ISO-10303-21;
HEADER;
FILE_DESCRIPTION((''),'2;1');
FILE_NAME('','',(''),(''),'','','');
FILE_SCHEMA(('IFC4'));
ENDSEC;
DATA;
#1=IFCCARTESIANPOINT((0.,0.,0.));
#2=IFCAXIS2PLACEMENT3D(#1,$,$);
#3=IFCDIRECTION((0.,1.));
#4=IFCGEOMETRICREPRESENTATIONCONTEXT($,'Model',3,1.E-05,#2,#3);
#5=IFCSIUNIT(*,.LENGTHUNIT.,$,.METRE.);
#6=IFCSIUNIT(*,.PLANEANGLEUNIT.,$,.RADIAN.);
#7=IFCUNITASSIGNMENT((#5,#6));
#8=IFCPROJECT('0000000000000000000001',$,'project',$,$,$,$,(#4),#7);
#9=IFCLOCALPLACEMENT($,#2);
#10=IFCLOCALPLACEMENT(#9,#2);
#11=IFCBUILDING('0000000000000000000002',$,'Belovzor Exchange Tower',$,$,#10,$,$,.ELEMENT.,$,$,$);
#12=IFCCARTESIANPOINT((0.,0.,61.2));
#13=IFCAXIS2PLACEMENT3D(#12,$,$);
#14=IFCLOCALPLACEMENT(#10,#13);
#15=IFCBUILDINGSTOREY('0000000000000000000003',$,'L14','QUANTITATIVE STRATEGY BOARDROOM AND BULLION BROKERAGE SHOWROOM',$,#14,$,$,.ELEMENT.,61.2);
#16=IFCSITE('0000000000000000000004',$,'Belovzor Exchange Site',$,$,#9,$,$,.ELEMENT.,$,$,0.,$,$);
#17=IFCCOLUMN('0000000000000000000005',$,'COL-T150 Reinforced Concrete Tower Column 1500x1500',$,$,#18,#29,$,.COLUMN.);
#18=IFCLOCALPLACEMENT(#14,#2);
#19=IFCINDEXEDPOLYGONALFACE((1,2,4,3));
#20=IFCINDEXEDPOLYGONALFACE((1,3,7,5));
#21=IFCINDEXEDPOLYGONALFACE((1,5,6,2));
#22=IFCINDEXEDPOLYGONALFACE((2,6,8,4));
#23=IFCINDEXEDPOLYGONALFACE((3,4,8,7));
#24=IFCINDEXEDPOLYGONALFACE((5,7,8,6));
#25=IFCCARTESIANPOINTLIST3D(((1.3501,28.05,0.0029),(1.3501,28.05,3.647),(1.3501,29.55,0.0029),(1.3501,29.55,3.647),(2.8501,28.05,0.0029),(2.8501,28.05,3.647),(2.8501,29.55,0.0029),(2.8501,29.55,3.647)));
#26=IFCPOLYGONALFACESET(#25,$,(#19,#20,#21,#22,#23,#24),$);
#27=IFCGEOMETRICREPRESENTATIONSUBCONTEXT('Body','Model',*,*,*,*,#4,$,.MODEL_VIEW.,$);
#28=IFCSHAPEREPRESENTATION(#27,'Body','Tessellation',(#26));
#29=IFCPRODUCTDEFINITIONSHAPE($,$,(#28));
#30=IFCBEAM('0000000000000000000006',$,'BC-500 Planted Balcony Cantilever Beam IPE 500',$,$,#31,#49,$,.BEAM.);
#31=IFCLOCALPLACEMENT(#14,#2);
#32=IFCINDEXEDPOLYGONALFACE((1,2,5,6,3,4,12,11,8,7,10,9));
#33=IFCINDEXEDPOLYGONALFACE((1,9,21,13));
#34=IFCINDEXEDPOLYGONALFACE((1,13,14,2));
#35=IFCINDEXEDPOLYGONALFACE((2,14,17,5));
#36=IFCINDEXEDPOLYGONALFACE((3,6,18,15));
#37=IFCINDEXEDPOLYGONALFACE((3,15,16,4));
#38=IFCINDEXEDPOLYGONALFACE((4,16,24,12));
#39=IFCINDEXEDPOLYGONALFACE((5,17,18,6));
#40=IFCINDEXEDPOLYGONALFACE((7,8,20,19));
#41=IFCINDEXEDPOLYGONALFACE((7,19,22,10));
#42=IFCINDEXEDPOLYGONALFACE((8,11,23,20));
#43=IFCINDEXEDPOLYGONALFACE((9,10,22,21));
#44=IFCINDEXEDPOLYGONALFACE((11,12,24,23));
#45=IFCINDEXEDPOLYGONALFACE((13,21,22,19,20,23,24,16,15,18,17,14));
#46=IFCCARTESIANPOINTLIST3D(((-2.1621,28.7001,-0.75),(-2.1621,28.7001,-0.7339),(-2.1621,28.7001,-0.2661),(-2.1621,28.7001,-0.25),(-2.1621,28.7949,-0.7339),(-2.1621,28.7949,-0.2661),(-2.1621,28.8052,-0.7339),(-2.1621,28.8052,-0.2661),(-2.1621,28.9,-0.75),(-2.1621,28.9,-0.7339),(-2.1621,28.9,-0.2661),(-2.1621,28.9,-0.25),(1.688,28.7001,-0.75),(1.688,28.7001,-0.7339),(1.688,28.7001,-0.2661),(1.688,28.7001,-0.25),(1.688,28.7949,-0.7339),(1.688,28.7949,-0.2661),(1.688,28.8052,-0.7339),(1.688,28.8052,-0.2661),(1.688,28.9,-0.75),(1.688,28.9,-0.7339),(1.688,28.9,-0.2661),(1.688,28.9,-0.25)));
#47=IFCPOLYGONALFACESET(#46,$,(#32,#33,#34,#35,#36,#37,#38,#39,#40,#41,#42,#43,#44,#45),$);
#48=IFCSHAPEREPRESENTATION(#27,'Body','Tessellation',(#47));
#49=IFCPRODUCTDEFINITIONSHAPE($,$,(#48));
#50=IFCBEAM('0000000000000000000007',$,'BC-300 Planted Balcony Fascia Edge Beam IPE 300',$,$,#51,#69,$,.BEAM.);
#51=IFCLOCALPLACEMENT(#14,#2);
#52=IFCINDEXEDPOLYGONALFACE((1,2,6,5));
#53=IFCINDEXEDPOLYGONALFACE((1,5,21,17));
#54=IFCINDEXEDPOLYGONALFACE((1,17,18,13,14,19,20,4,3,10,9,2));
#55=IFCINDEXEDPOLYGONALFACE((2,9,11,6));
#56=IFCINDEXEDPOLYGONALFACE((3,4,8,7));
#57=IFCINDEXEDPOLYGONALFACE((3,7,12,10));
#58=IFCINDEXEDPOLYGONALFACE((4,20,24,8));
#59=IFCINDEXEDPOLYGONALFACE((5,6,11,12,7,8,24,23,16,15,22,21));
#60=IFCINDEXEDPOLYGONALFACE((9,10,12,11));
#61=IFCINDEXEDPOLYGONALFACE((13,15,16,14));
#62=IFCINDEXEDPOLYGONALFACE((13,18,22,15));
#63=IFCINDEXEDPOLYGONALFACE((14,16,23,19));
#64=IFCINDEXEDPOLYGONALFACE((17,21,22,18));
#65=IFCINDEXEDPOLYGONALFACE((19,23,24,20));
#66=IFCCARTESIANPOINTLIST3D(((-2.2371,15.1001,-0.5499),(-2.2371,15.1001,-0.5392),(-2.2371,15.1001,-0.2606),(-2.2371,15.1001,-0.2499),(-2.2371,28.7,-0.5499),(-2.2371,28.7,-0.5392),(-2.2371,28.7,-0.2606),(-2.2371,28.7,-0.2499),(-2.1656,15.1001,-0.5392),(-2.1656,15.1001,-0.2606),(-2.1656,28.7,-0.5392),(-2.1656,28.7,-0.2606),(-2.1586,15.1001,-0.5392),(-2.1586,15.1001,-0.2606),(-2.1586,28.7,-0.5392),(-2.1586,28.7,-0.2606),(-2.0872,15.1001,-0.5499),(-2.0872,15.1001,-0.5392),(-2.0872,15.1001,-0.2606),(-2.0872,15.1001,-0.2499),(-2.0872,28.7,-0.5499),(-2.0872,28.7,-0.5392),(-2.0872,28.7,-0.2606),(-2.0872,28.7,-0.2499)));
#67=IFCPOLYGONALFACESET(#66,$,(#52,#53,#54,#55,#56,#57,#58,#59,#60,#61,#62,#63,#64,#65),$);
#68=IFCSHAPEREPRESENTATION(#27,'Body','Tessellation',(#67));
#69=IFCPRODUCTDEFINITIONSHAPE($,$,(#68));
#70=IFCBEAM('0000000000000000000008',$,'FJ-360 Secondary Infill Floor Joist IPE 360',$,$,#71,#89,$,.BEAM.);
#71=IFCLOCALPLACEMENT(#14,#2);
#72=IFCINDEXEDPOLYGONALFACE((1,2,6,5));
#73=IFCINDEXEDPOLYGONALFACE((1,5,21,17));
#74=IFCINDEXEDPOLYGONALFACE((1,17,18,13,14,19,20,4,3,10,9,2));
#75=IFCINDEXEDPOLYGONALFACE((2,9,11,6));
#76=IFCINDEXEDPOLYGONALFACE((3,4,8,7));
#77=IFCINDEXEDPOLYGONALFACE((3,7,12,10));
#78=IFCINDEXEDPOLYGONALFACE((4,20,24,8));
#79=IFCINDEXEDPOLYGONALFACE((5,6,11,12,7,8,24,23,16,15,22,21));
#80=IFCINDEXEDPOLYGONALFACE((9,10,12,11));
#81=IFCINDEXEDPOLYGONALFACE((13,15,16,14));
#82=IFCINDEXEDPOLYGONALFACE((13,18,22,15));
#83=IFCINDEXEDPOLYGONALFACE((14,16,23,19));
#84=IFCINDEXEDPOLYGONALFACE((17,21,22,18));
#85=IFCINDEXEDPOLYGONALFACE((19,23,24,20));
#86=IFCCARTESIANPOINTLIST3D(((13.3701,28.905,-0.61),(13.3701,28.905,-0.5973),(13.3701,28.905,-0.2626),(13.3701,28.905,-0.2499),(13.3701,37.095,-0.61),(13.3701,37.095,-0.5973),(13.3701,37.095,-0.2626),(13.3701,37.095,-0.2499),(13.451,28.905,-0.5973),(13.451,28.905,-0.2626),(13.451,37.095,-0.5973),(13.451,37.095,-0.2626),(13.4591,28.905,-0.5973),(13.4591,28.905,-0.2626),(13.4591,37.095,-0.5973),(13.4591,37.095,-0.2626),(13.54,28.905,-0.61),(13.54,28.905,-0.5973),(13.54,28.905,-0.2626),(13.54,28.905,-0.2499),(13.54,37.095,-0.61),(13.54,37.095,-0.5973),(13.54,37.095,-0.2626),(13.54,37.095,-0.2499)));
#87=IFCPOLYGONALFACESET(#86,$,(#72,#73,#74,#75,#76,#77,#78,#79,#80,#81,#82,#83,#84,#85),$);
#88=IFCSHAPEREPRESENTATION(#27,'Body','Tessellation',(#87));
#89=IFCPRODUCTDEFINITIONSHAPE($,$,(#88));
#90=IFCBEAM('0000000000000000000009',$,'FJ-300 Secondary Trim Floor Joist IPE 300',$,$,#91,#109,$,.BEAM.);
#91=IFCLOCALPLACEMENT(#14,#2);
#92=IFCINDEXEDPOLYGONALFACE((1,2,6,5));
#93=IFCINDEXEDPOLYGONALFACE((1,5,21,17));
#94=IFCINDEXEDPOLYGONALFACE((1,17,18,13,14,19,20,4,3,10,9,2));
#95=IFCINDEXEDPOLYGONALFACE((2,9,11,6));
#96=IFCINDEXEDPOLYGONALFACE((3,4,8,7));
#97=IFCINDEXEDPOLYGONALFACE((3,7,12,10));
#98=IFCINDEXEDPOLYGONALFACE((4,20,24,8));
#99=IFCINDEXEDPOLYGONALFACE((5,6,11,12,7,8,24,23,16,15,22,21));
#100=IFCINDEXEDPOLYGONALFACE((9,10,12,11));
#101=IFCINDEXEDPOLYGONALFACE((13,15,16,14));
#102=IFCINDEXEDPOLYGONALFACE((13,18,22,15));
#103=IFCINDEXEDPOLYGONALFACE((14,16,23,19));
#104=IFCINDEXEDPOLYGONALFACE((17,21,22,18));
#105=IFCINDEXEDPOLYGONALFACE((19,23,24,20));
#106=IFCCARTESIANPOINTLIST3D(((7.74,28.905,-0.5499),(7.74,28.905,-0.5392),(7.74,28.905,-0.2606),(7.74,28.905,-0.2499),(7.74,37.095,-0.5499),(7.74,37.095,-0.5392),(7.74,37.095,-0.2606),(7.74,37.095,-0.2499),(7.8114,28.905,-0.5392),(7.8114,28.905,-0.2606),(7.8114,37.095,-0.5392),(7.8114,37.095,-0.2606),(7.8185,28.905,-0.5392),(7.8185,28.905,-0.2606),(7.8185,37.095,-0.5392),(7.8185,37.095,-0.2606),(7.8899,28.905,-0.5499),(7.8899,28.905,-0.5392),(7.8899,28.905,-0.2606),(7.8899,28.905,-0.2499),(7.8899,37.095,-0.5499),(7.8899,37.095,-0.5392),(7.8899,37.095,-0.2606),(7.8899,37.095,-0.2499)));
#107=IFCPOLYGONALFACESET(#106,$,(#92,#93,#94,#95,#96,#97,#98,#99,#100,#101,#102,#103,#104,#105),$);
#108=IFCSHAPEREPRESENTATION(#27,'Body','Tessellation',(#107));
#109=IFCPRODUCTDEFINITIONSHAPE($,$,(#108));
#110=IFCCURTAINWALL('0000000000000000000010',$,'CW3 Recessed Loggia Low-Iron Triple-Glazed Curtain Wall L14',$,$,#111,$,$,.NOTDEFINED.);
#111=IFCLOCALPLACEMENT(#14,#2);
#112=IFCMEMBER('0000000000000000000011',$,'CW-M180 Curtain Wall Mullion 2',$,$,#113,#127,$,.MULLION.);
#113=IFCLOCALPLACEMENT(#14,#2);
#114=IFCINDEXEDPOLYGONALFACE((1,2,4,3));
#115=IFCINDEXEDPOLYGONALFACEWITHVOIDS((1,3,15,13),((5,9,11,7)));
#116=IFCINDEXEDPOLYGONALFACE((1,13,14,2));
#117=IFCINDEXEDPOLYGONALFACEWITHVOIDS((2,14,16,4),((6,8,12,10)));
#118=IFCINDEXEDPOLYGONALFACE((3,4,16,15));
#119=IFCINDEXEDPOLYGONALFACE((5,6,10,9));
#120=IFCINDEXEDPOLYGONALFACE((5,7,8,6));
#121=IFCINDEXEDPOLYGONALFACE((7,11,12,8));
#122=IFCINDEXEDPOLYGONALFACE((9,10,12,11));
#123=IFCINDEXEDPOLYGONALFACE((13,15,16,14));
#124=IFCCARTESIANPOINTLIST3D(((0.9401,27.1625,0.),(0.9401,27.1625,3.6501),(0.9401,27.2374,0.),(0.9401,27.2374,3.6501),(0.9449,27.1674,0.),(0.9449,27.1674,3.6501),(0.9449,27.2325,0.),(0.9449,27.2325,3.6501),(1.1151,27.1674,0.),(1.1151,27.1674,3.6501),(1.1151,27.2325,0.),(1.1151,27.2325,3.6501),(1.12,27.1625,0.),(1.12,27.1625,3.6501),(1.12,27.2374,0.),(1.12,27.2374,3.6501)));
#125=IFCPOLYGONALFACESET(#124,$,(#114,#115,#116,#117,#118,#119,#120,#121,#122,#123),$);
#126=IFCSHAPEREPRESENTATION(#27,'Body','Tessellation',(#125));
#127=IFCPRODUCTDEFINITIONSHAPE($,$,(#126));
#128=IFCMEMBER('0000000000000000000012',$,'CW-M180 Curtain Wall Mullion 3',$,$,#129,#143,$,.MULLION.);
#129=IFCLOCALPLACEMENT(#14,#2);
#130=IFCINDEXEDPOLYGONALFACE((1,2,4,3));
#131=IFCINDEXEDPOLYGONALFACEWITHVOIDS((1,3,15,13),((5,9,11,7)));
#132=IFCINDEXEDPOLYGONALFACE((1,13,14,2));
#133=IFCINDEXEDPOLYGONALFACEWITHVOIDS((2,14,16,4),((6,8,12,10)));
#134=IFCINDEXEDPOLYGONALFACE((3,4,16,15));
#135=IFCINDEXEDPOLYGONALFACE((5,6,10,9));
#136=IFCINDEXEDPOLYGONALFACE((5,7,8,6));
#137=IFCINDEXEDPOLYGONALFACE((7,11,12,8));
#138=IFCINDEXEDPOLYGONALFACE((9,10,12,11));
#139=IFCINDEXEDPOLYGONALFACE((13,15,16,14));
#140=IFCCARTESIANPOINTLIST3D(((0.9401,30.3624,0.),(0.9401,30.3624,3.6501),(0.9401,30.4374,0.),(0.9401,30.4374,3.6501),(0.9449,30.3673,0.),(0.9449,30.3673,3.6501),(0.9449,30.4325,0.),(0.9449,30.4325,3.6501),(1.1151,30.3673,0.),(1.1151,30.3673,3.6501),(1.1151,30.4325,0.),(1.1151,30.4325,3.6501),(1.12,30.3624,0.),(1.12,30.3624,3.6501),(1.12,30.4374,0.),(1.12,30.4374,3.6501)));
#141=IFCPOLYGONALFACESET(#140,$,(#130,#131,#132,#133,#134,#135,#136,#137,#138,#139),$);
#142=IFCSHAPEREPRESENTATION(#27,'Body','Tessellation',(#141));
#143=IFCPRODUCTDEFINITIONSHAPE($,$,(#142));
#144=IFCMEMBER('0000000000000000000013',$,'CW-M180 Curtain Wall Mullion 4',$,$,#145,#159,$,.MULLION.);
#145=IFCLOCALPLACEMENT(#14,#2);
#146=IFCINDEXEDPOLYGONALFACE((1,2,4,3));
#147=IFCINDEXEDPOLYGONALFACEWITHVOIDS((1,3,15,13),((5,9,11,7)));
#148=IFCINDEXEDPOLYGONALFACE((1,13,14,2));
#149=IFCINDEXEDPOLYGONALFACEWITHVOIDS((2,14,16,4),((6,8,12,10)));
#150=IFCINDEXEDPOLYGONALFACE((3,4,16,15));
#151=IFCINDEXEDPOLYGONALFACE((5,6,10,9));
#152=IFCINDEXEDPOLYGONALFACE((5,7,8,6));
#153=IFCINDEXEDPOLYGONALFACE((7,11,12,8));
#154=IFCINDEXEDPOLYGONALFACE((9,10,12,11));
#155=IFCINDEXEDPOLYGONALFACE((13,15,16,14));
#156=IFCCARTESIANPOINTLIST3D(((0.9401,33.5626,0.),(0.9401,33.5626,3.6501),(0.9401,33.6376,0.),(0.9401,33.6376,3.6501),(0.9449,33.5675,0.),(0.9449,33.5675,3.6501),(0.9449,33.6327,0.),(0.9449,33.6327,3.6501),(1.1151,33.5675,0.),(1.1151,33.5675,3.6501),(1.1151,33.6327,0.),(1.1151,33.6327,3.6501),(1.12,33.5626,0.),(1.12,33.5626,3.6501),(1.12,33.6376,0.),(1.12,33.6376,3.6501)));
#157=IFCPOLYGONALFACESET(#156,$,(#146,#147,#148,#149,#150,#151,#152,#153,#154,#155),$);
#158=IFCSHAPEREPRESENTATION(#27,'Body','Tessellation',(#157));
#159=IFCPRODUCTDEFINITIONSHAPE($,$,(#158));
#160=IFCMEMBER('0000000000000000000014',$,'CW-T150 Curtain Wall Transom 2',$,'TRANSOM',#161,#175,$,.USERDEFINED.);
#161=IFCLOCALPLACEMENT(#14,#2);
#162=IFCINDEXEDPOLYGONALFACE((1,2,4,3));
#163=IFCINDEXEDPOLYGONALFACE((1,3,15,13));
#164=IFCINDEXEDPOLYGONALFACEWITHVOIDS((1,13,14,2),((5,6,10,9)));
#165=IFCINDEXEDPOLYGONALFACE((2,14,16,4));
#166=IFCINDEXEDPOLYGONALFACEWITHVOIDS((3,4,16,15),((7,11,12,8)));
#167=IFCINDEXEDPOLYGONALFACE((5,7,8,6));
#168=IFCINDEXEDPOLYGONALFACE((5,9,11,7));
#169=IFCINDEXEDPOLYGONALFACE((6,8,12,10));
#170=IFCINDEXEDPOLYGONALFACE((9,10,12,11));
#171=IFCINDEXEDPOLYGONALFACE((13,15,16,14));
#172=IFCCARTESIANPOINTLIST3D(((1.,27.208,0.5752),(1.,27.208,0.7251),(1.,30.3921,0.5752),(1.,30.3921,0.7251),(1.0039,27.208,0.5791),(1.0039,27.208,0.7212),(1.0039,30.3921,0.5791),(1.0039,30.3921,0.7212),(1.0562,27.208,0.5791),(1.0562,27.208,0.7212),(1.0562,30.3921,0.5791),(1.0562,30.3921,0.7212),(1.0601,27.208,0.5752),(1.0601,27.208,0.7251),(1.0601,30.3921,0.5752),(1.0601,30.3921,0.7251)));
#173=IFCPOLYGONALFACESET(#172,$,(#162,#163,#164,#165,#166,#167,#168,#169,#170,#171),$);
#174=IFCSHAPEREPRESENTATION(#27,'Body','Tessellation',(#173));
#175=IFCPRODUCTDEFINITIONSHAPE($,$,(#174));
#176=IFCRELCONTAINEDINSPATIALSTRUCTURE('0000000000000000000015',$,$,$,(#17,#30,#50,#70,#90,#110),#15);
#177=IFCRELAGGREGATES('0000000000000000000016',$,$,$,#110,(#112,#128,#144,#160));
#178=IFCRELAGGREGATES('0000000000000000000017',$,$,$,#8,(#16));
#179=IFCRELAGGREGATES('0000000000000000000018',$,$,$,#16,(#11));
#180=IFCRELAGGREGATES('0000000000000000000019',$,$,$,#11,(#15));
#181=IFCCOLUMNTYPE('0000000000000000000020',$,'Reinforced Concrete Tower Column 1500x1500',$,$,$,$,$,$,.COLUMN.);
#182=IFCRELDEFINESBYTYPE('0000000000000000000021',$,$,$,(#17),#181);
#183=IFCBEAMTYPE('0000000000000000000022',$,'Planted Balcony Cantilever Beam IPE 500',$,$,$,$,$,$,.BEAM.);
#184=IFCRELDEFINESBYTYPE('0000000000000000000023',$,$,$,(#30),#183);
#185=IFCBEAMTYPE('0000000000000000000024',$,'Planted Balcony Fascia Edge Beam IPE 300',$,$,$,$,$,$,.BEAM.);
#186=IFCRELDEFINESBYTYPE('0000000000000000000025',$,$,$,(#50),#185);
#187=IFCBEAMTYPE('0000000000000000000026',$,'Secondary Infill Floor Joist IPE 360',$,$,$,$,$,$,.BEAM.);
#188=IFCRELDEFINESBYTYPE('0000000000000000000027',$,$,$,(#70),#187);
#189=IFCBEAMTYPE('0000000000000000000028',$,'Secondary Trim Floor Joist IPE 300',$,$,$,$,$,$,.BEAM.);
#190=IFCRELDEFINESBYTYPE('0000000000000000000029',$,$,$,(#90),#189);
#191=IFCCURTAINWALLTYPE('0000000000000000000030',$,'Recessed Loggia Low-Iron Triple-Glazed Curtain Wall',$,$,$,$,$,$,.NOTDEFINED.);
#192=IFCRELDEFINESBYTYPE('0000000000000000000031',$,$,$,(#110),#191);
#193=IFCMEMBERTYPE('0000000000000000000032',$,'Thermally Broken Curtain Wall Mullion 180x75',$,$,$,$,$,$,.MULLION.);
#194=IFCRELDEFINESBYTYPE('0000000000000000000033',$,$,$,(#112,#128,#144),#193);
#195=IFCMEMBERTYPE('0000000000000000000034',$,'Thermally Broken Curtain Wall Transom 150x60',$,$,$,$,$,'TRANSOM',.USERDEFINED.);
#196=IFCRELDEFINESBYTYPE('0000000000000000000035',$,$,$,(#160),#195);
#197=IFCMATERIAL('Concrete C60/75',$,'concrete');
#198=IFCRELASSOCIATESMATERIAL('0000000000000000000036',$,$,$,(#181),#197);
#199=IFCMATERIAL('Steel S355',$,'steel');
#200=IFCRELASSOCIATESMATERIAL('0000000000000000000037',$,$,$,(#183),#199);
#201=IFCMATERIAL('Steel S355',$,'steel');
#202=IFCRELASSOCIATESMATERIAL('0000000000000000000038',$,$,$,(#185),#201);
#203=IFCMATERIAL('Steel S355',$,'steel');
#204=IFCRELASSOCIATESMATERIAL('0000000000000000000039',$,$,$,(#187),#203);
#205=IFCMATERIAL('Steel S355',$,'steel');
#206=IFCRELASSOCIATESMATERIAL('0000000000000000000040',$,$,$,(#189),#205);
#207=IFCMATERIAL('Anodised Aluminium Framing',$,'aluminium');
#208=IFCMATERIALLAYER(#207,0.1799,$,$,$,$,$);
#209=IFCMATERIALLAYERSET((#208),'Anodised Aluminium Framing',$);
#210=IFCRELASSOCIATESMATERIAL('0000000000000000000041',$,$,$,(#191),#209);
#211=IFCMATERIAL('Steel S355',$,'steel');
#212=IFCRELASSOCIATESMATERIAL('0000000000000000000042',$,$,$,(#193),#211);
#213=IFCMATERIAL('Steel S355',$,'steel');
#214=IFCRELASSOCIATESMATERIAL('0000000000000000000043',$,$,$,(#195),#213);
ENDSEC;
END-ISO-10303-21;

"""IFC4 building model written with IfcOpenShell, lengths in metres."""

from ifc_helpers import new_model, si_unit, direction, frame, origin, origin_2d, place, context, subcontext, project, spatial, rectangle, hollow_rectangle, i_section, extrude, material, layer, layer_set, material_profile, profile_set, type_object, element, aggregate, save


model = new_model("IFC4")

# Units and contexts
model_context = context("Model", 3, precision=1e-05, world=origin(), true_north=direction((0.0, 1.0)))
body_context = subcontext(model_context, "Body", "Model", "MODEL_VIEW")
ifc_project = project(units=[si_unit("LENGTHUNIT", "METRE"), si_unit("PLANEANGLEUNIT", "RADIAN")], contexts=[model_context])

# Site, building, storey
site_placement = place(None, origin())
site = spatial("IfcSite", under=ifc_project, at=site_placement, Name="Belovzor Exchange Site", CompositionType="ELEMENT", RefElevation=0.0)
building_placement = place(site_placement, origin())
building = spatial("IfcBuilding", under=site, at=building_placement, Name="Belovzor Exchange Tower", CompositionType="ELEMENT")
storey_placement = place(building_placement, frame((0.0, 0.0, 61.2)))
storey = spatial("IfcBuildingStorey", under=building, at=storey_placement, Name="L14", Description="QUANTITATIVE STRATEGY BOARDROOM AND BULLION BROKERAGE SHOWROOM", CompositionType="ELEMENT", Elevation=61.2)

# Column
ifc_material_1 = material(Name="Concrete C60/75", Category="concrete")
ifc_material_profile_1 = material_profile(ifc_material_1, rectangle(XDim=1.5, YDim=1.5, at=origin_2d()))
ifc_profile_set_1 = profile_set([ifc_material_profile_1], Name="Concrete C60/75")
column_type = type_object("IfcColumnType", Name="Reinforced Concrete Tower Column 1500x1500", PredefinedType="COLUMN", material=ifc_profile_set_1)
column_placement = place(storey_placement, frame((2.1001, 28.8, 0.0029), z_axis=(0.0, 0.0, 1.0), x_axis=(1.0, 0.0, 0.0)))
element("IfcColumn", 1, at=column_placement, inside=storey, type_object=column_type, Name="COL-T150 Reinforced Concrete Tower Column 1500x1500", PredefinedType="COLUMN", context=body_context, shape_type="SweptSolid", body=[
    extrude(rectangle(XDim=1.5, YDim=1.5, at=origin_2d()), origin(), (0.0, 0.0, 1.0), 3.644),
])

# Beams
ifc_material_2 = material(Name="Steel S355", Category="steel")
ifc_material_profile_2 = material_profile(ifc_material_2, i_section(OverallWidth=0.2, OverallDepth=0.5, WebThickness=0.0103, FlangeThickness=0.0161, at=origin_2d()))
ifc_profile_set_2 = profile_set([ifc_material_profile_2], Name="Steel S355")
beam_type_1 = type_object("IfcBeamType", Name="Planted Balcony Cantilever Beam IPE 500", PredefinedType="BEAM", material=ifc_profile_set_2)
beam_1_placement = place(storey_placement, frame((1.688, 28.8, -0.5), z_axis=(-1.0, 0.0, 0.0), x_axis=(0.0, -1.0, 0.0)))
element("IfcBeam", 2, at=beam_1_placement, inside=storey, type_object=beam_type_1, Name="BC-500 Planted Balcony Cantilever Beam IPE 500", PredefinedType="BEAM", context=body_context, shape_type="SweptSolid", body=[
    extrude(i_section(OverallWidth=0.2, OverallDepth=0.5, WebThickness=0.0103, FlangeThickness=0.0161, at=origin_2d()), origin(), (0.0, 0.0, 1.0), 3.8501),
])
ifc_material_3 = material(Name="Steel S355", Category="steel")
ifc_material_profile_3 = material_profile(ifc_material_3, i_section(OverallWidth=0.1499, OverallDepth=0.3, WebThickness=0.0071, FlangeThickness=0.0107, at=origin_2d()))
ifc_profile_set_3 = profile_set([ifc_material_profile_3], Name="Steel S355")
beam_type_2 = type_object("IfcBeamType", Name="Planted Balcony Fascia Edge Beam IPE 300", PredefinedType="BEAM", material=ifc_profile_set_3)
beam_2_placement = place(storey_placement, frame((-2.1621, 28.7, -0.3999), z_axis=(0.0, -1.0, 0.0), x_axis=(1.0, 0.0, 0.0)))
element("IfcBeam", 3, at=beam_2_placement, inside=storey, type_object=beam_type_2, Name="BC-300 Planted Balcony Fascia Edge Beam IPE 300", PredefinedType="BEAM", context=body_context, shape_type="SweptSolid", body=[
    extrude(i_section(OverallWidth=0.1499, OverallDepth=0.3, WebThickness=0.0071, FlangeThickness=0.0107, at=origin_2d()), origin(), (0.0, 0.0, 1.0), 13.5999),
])
ifc_material_4 = material(Name="Steel S355", Category="steel")
ifc_material_profile_4 = material_profile(ifc_material_4, i_section(OverallWidth=0.1699, OverallDepth=0.3601, WebThickness=0.0081, FlangeThickness=0.0127, at=origin_2d()))
ifc_profile_set_4 = profile_set([ifc_material_profile_4], Name="Steel S355")
beam_type_3 = type_object("IfcBeamType", Name="Secondary Infill Floor Joist IPE 360", PredefinedType="BEAM", material=ifc_profile_set_4)
beam_3_placement = place(storey_placement, frame((13.4551, 28.905, -0.4299), z_axis=(0.0, 1.0, 0.0), x_axis=(-1.0, 0.0, 0.0)))
element("IfcBeam", 4, at=beam_3_placement, inside=storey, type_object=beam_type_3, Name="FJ-360 Secondary Infill Floor Joist IPE 360", PredefinedType="BEAM", context=body_context, shape_type="SweptSolid", body=[
    extrude(i_section(OverallWidth=0.1699, OverallDepth=0.3601, WebThickness=0.0081, FlangeThickness=0.0127, at=origin_2d()), origin(), (0.0, 0.0, 1.0), 8.1899),
])
ifc_material_5 = material(Name="Steel S355", Category="steel")
ifc_material_profile_5 = material_profile(ifc_material_5, i_section(OverallWidth=0.1499, OverallDepth=0.3, WebThickness=0.0071, FlangeThickness=0.0107, at=origin_2d()))
ifc_profile_set_5 = profile_set([ifc_material_profile_5], Name="Steel S355")
beam_type_4 = type_object("IfcBeamType", Name="Secondary Trim Floor Joist IPE 300", PredefinedType="BEAM", material=ifc_profile_set_5)
beam_4_placement = place(storey_placement, frame((7.8149, 28.905, -0.3999), z_axis=(0.0, 1.0, 0.0), x_axis=(-1.0, 0.0, 0.0)))
element("IfcBeam", 5, at=beam_4_placement, inside=storey, type_object=beam_type_4, Name="FJ-300 Secondary Trim Floor Joist IPE 300", PredefinedType="BEAM", context=body_context, shape_type="SweptSolid", body=[
    extrude(i_section(OverallWidth=0.1499, OverallDepth=0.3, WebThickness=0.0071, FlangeThickness=0.0107, at=origin_2d()), origin(), (0.0, 0.0, 1.0), 8.1899),
])

# Curtain wall, members
ifc_material_6 = material(Name="Anodised Aluminium Framing", Category="aluminium")
ifc_layer_1 = layer(ifc_material_6, 0.1799)
ifc_layer_set_1 = layer_set([ifc_layer_1], Name="Anodised Aluminium Framing")
curtain_wall_type = type_object("IfcCurtainWallType", Name="Recessed Loggia Low-Iron Triple-Glazed Curtain Wall", PredefinedType="NOTDEFINED", material=ifc_layer_set_1)
curtain_wall_placement = place(storey_placement, origin())
curtain_wall = element("IfcCurtainWall", 6, at=curtain_wall_placement, inside=storey, type_object=curtain_wall_type, Name="CW3 Recessed Loggia Low-Iron Triple-Glazed Curtain Wall L14", PredefinedType="NOTDEFINED")
ifc_material_7 = material(Name="Steel S355", Category="steel")
ifc_material_profile_6 = material_profile(ifc_material_7, hollow_rectangle(XDim=0.075, YDim=0.1799, WallThickness=0.0049, at=origin_2d()))
ifc_profile_set_6 = profile_set([ifc_material_profile_6], Name="Steel S355")
member_type_1 = type_object("IfcMemberType", Name="Thermally Broken Curtain Wall Mullion 180x75", PredefinedType="MULLION", material=ifc_profile_set_6)
member_1_placement = place(storey_placement, frame((1.03, 27.2, 0.0), z_axis=(0.0, 0.0, 1.0), x_axis=(0.0, 1.0, 0.0)))
member_1 = element("IfcMember", 7, at=member_1_placement, type_object=member_type_1, Name="CW-M180 Curtain Wall Mullion 2", PredefinedType="MULLION", context=body_context, shape_type="SweptSolid", body=[
    extrude(hollow_rectangle(XDim=0.075, YDim=0.1799, WallThickness=0.0049, at=origin_2d()), origin(), (0.0, 0.0, 1.0), 3.6501),
])
member_2_placement = place(storey_placement, frame((1.03, 30.3999, 0.0), z_axis=(0.0, 0.0, 1.0), x_axis=(0.0, 1.0, 0.0)))
member_2 = element("IfcMember", 8, at=member_2_placement, type_object=member_type_1, Name="CW-M180 Curtain Wall Mullion 3", PredefinedType="MULLION", context=body_context, shape_type="SweptSolid", body=[
    extrude(hollow_rectangle(XDim=0.075, YDim=0.1799, WallThickness=0.0049, at=origin_2d()), origin(), (0.0, 0.0, 1.0), 3.6501),
])
member_3_placement = place(storey_placement, frame((1.03, 33.6001, 0.0), z_axis=(0.0, 0.0, 1.0), x_axis=(0.0, 1.0, 0.0)))
member_3 = element("IfcMember", 9, at=member_3_placement, type_object=member_type_1, Name="CW-M180 Curtain Wall Mullion 4", PredefinedType="MULLION", context=body_context, shape_type="SweptSolid", body=[
    extrude(hollow_rectangle(XDim=0.075, YDim=0.1799, WallThickness=0.0049, at=origin_2d()), origin(), (0.0, 0.0, 1.0), 3.6501),
])
ifc_material_8 = material(Name="Steel S355", Category="steel")
ifc_material_profile_7 = material_profile(ifc_material_8, hollow_rectangle(XDim=0.0601, YDim=0.1499, WallThickness=0.0039, at=origin_2d()))
ifc_profile_set_7 = profile_set([ifc_material_profile_7], Name="Steel S355")
member_type_2 = type_object("IfcMemberType", Name="Thermally Broken Curtain Wall Transom 150x60", ElementType="TRANSOM", PredefinedType="USERDEFINED", material=ifc_profile_set_7)
member_4_placement = place(storey_placement, frame((1.03, 27.208, 0.6501), z_axis=(0.0, 1.0, 0.0), x_axis=(-1.0, 0.0, 0.0)))
member_4 = element("IfcMember", 10, at=member_4_placement, type_object=member_type_2, Name="CW-T150 Curtain Wall Transom 2", ObjectType="TRANSOM", PredefinedType="USERDEFINED", context=body_context, shape_type="SweptSolid", body=[
    extrude(hollow_rectangle(XDim=0.0601, YDim=0.1499, WallThickness=0.0039, at=origin_2d()), origin(), (0.0, 0.0, 1.0), 3.1841),
])

aggregate(curtain_wall, [member_1, member_2, member_3, member_4])

save(model, "model.ifc")
